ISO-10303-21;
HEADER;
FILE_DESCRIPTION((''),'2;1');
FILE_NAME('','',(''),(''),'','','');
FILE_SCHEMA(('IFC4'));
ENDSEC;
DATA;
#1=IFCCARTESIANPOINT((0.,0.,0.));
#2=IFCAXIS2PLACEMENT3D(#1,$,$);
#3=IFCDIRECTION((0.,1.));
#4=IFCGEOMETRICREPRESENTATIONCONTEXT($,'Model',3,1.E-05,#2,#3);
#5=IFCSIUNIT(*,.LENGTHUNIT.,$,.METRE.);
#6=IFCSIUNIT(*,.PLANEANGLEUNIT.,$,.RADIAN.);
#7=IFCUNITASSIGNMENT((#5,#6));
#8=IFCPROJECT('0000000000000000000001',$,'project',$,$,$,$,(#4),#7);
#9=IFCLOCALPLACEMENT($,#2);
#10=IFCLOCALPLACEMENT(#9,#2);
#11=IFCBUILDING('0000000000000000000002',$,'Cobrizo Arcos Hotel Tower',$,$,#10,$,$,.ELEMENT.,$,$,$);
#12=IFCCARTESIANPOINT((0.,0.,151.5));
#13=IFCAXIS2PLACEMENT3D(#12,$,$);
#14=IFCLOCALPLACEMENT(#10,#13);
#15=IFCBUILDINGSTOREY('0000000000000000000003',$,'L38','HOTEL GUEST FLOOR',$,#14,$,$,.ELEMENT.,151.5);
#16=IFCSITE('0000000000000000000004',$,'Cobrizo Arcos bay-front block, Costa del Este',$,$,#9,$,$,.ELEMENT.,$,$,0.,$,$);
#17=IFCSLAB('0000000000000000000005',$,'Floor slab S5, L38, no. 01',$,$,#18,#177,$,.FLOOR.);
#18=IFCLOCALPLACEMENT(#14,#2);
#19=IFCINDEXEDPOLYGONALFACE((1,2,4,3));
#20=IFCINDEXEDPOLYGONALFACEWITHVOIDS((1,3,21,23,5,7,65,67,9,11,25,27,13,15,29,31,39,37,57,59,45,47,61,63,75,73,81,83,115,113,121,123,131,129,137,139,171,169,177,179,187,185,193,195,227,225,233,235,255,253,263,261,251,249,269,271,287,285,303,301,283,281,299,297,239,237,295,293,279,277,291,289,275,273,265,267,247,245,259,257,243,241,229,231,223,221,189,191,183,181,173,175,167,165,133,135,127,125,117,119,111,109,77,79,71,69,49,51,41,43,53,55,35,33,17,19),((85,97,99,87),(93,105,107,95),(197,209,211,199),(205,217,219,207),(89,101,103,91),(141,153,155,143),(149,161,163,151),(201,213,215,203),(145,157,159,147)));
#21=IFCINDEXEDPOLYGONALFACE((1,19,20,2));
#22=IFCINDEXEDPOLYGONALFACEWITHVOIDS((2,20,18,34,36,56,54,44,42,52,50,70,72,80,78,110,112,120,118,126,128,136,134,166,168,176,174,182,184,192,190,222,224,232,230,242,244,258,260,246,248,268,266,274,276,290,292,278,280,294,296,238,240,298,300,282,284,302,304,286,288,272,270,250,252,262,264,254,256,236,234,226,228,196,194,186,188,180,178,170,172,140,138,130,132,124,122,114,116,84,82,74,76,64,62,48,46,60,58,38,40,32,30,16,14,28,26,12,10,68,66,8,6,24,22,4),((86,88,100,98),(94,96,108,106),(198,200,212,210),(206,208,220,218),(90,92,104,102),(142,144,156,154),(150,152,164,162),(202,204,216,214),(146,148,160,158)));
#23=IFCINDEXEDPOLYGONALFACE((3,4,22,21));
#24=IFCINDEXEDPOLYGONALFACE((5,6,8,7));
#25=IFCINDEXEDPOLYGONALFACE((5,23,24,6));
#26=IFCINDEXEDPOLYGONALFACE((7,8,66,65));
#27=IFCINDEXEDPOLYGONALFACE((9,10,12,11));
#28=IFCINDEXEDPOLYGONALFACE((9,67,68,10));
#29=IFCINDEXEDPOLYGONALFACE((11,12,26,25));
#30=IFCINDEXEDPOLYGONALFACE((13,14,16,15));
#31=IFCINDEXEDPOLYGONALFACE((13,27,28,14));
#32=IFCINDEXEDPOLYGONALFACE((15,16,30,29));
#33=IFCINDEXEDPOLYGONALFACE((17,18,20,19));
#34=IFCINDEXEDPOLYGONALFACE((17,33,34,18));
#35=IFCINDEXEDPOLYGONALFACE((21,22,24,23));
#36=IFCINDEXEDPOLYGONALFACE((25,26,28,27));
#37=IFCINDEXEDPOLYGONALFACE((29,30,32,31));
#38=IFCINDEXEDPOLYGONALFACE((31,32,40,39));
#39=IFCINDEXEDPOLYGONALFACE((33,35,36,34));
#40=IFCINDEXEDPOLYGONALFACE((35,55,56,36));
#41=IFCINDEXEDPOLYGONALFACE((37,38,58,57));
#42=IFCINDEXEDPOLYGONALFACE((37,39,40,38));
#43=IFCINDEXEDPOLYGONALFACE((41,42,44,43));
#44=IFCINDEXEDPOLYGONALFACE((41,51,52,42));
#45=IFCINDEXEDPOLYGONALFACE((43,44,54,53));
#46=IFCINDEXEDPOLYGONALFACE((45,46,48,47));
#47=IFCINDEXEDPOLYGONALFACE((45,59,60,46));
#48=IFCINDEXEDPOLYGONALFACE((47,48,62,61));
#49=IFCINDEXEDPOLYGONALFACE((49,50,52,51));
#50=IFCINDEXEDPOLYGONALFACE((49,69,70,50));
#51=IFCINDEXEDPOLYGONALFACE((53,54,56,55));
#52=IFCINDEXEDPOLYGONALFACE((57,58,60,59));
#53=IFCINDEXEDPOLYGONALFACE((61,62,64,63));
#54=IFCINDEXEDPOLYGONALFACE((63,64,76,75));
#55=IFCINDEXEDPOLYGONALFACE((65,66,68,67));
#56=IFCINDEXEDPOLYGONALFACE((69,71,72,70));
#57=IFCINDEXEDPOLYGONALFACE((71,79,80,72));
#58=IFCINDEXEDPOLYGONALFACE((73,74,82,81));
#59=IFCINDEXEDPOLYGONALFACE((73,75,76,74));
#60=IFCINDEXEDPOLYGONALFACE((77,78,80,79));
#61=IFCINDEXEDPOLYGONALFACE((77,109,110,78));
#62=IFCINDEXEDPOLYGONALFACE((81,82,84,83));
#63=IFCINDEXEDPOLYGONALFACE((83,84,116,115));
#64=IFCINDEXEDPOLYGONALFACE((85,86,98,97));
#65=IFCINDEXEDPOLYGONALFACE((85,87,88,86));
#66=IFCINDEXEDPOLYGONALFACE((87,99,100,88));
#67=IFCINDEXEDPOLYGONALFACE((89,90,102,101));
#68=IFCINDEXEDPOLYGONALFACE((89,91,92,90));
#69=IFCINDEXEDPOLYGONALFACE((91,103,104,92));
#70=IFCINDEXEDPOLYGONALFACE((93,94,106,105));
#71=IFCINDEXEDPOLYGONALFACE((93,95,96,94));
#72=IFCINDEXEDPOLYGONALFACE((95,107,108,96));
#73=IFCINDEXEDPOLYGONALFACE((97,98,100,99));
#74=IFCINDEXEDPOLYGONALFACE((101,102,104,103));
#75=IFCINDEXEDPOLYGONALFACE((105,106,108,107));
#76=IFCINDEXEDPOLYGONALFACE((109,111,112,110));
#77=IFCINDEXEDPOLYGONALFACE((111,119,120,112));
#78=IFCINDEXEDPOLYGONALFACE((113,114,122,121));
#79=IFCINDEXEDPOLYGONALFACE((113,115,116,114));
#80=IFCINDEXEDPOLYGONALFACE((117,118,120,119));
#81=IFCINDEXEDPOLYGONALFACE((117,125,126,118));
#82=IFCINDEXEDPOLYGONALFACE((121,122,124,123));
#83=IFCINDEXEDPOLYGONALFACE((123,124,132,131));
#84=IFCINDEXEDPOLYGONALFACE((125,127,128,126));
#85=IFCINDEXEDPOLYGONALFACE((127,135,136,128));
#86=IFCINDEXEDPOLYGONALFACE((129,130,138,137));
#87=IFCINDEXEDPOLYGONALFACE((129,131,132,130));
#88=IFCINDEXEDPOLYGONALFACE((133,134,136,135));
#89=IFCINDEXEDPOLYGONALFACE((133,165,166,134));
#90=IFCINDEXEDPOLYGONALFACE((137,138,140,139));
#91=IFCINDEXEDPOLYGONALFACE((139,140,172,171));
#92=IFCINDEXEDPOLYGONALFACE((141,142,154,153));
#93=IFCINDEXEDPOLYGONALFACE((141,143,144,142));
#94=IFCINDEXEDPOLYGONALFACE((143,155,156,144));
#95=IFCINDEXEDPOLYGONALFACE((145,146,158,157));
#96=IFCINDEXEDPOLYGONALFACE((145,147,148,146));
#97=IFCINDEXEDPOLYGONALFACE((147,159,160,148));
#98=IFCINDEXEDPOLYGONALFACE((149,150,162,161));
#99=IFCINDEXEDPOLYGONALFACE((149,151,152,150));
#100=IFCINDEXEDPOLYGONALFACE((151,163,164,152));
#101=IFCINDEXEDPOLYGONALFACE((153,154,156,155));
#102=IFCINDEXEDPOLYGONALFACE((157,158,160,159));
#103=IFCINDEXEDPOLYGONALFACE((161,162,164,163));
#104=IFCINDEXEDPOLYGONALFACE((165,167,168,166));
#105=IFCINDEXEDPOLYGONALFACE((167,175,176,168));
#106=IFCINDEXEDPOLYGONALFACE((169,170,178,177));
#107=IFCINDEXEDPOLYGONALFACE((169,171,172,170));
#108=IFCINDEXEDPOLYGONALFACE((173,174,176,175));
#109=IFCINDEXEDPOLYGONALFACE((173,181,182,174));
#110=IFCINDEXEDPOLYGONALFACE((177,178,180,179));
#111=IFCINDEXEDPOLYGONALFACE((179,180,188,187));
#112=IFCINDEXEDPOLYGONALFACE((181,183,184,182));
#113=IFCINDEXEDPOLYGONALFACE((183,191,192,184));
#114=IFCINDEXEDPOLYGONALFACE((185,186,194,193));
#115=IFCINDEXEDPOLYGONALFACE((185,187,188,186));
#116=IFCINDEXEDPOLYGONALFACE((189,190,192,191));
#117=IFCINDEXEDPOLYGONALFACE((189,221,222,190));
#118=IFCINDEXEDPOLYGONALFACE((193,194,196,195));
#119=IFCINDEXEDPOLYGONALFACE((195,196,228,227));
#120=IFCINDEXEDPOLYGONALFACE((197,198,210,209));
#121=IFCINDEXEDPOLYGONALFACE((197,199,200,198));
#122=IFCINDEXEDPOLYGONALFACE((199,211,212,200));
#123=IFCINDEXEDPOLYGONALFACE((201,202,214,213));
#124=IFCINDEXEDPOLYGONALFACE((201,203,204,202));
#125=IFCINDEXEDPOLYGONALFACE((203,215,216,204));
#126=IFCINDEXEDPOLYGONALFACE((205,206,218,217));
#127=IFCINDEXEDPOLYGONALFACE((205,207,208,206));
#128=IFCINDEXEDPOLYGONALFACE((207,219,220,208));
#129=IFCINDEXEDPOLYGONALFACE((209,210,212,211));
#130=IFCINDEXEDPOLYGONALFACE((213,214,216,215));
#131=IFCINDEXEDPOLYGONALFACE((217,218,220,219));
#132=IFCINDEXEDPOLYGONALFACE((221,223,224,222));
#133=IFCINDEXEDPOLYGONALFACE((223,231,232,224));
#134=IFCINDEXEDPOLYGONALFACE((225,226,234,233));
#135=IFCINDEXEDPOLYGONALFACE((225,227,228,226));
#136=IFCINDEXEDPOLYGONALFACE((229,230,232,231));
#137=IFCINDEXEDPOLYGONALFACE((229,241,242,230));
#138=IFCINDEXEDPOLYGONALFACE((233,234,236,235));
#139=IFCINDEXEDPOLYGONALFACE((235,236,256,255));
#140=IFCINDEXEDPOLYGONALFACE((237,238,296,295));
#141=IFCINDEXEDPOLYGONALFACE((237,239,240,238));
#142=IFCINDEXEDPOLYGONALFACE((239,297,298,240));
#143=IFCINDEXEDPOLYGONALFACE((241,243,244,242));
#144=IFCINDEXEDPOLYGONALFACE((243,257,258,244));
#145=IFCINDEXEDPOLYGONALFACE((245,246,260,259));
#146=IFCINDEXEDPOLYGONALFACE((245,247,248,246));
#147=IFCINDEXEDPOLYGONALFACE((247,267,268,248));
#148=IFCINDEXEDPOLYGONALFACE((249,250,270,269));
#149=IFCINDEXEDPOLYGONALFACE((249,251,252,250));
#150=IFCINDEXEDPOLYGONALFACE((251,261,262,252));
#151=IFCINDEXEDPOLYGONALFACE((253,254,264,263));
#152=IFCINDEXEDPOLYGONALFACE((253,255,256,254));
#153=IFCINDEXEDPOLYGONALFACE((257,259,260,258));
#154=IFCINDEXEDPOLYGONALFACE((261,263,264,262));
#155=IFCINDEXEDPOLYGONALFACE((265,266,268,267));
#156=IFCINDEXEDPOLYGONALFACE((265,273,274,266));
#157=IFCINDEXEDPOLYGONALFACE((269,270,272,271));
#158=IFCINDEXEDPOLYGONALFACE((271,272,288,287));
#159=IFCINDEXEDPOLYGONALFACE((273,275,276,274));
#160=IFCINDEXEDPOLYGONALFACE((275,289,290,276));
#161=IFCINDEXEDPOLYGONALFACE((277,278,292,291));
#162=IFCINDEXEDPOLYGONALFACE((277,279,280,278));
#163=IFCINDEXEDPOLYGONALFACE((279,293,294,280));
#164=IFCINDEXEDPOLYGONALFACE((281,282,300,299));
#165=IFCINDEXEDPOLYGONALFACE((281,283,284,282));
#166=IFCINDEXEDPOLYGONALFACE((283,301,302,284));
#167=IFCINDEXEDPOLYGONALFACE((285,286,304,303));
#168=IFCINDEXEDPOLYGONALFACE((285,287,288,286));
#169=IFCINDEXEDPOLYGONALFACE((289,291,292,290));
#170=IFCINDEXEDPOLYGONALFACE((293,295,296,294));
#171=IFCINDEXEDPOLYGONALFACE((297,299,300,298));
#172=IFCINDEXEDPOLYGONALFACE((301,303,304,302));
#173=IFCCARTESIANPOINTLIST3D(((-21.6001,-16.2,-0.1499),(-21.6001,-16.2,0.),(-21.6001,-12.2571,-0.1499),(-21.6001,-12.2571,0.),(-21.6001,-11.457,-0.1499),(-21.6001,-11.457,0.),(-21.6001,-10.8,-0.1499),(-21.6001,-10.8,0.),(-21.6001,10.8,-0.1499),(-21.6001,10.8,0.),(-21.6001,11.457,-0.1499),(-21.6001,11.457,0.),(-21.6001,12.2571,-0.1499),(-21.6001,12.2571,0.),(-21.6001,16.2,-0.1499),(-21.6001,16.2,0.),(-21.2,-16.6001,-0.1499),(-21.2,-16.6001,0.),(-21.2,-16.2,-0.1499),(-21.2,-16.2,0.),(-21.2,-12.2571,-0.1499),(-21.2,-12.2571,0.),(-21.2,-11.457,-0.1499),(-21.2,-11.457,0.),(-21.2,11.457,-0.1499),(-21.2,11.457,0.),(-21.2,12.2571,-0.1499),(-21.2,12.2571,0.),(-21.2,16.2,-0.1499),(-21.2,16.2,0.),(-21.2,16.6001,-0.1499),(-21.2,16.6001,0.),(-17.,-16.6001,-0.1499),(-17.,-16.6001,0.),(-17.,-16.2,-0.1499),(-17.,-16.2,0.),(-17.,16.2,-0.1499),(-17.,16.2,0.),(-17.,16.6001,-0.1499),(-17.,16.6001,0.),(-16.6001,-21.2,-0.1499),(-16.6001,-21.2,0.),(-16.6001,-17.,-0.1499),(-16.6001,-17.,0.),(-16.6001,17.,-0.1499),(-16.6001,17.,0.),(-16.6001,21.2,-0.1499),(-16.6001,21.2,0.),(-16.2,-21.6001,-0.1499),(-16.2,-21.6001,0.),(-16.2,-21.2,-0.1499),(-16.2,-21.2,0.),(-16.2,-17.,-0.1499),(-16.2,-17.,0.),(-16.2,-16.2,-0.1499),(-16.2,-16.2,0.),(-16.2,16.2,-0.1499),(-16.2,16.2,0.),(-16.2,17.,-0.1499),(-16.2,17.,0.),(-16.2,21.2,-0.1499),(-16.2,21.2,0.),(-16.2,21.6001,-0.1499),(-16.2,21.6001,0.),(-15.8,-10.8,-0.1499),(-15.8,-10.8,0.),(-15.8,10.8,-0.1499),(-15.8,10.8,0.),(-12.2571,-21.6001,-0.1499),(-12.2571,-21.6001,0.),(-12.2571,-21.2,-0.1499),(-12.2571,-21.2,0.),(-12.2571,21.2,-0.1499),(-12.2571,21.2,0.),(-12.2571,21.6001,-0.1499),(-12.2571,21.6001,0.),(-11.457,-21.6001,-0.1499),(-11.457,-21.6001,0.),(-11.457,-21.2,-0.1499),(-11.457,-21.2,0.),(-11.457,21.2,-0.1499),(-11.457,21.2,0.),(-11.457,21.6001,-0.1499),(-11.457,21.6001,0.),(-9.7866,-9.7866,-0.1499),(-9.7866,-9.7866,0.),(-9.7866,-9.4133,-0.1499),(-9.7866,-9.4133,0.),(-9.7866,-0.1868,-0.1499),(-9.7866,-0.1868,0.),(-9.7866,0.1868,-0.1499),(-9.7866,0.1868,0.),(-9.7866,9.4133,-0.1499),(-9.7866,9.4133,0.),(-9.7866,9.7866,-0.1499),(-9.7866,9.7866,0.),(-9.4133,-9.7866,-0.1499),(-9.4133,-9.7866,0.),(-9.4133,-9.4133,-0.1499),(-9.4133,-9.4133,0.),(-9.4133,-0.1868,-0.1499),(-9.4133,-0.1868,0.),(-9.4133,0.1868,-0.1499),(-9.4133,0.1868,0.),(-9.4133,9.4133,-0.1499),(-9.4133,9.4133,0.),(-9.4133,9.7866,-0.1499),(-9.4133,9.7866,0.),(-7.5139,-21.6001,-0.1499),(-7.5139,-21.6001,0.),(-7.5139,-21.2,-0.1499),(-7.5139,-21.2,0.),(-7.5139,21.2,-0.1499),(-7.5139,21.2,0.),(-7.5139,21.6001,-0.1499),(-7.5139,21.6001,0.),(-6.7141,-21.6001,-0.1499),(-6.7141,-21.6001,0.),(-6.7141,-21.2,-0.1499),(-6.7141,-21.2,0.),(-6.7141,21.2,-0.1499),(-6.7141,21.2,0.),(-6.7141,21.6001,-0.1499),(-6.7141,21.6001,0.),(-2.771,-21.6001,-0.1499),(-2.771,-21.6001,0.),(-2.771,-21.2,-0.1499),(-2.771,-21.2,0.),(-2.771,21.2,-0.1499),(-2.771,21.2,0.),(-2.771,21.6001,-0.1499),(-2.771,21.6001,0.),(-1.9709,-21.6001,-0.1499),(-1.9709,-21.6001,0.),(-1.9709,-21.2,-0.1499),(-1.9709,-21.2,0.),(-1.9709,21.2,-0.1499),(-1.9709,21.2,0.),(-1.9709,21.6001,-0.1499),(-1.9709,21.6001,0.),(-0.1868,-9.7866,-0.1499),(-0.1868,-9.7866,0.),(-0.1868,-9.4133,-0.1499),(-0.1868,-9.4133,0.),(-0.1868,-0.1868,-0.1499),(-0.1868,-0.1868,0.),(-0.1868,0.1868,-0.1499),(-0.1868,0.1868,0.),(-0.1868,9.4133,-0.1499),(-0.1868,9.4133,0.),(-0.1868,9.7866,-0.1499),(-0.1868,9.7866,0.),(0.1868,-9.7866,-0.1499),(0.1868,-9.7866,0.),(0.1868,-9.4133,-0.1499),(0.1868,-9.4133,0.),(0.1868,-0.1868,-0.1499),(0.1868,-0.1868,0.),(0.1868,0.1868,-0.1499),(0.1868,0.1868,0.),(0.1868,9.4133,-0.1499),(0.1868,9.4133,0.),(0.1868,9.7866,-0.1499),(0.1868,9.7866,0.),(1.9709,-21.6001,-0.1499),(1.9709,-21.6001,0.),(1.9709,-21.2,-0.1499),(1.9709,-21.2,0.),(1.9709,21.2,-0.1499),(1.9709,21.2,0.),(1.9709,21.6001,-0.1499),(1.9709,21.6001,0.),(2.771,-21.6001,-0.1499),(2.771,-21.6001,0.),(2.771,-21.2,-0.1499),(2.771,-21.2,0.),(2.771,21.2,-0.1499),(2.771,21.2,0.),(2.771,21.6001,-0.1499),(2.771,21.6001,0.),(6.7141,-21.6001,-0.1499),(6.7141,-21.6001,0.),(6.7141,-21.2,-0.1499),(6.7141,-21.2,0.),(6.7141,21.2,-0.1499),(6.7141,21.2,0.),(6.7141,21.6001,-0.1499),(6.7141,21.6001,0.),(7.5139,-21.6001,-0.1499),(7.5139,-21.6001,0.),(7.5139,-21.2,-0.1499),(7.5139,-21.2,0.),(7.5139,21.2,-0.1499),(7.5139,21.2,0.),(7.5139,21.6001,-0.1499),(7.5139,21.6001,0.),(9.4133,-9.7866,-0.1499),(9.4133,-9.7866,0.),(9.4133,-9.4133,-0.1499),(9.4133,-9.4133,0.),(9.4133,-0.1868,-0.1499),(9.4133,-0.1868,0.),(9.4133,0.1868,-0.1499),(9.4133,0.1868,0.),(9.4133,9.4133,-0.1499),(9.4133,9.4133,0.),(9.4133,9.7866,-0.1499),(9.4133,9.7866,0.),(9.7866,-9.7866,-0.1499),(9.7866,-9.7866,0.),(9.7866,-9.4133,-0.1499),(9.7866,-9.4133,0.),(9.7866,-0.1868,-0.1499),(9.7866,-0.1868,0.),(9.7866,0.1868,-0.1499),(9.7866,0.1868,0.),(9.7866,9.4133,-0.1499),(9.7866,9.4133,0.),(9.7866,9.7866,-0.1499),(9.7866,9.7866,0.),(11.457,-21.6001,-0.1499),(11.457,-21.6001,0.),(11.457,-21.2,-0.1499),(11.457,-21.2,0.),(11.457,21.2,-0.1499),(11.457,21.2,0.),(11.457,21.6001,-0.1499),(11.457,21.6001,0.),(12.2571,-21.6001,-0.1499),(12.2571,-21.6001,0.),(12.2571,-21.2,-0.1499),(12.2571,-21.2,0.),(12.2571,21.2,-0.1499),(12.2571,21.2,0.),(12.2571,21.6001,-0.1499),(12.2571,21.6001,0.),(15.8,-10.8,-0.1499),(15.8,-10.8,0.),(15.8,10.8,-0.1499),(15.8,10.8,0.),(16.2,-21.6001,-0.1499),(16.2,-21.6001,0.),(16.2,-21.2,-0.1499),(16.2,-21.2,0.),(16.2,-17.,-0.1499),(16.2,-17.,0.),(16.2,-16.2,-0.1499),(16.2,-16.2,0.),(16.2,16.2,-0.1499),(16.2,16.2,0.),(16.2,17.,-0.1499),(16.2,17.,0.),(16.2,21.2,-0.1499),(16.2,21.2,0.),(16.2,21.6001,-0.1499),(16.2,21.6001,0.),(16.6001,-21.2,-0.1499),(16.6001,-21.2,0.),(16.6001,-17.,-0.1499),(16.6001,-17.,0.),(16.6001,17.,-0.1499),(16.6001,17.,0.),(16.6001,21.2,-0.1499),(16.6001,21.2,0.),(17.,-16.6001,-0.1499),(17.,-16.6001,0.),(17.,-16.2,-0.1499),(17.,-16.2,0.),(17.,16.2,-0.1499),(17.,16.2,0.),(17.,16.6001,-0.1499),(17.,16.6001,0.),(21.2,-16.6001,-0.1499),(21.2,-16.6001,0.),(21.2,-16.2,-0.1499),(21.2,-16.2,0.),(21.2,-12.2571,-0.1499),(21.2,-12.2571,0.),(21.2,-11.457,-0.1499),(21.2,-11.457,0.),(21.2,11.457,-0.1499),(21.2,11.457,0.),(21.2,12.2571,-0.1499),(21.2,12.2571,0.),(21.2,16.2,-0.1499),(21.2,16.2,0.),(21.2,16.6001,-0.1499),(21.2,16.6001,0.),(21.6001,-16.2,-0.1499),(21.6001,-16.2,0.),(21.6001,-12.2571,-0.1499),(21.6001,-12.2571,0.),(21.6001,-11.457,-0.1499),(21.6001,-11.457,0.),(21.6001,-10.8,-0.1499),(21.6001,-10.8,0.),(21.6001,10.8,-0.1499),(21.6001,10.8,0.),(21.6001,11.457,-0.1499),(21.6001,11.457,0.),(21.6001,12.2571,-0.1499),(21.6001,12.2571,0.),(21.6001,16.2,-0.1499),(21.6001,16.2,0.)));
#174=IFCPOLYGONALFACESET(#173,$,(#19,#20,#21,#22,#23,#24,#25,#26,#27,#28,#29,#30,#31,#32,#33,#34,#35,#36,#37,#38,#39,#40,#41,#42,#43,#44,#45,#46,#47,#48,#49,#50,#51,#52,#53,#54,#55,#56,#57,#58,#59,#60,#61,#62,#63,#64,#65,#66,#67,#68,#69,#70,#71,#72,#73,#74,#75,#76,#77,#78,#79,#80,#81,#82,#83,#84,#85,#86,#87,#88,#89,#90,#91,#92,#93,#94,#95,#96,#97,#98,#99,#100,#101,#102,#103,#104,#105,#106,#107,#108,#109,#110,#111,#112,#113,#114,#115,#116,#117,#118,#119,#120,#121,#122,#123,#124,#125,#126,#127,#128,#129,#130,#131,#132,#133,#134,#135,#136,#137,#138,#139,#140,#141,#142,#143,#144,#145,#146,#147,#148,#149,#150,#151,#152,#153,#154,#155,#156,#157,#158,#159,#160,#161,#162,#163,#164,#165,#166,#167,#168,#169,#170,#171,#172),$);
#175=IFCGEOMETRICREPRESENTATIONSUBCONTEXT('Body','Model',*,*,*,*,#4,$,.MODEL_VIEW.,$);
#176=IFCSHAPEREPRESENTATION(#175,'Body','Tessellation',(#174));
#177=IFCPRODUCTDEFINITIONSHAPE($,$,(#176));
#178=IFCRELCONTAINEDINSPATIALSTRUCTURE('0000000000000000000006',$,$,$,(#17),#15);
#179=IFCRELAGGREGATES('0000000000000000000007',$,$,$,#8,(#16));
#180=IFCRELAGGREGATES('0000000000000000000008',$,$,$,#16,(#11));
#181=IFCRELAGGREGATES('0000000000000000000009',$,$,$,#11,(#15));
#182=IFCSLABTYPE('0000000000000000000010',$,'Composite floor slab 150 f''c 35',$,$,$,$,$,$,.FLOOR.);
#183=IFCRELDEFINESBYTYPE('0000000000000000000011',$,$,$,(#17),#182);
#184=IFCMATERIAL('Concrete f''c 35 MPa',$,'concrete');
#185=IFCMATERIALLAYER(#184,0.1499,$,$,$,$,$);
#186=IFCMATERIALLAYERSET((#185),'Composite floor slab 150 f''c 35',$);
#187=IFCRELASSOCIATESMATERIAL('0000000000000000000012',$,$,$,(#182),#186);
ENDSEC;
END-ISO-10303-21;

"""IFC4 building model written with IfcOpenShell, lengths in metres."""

from ifc_helpers import new_model, si_unit, direction, frame, origin, place, context, subcontext, project, spatial, polyline, outline, extrude, material, layer, layer_set, type_object, element, save


model = new_model("IFC4")

# Units and contexts
model_context = context("Model", 3, precision=1e-05, world=origin(), true_north=direction((0.0, 1.0)))
body_context = subcontext(model_context, "Body", "Model", "MODEL_VIEW")
ifc_project = project(units=[si_unit("LENGTHUNIT", "METRE"), si_unit("PLANEANGLEUNIT", "RADIAN")], contexts=[model_context])

# Site, building, storey
site_placement = place(None, origin())
site = spatial("IfcSite", under=ifc_project, at=site_placement, Name="Cobrizo Arcos bay-front block, Costa del Este", CompositionType="ELEMENT", RefElevation=0.0)
building_placement = place(site_placement, origin())
building = spatial("IfcBuilding", under=site, at=building_placement, Name="Cobrizo Arcos Hotel Tower", CompositionType="ELEMENT")
storey_placement = place(building_placement, frame((0.0, 0.0, 151.5)))
storey = spatial("IfcBuildingStorey", under=building, at=storey_placement, Name="L38", Description="HOTEL GUEST FLOOR", CompositionType="ELEMENT", Elevation=151.5)

# Slab
ifc_material_1 = material(Name="Concrete f'c 35 MPa", Category="concrete")
ifc_layer_1 = layer(ifc_material_1, 0.1499)
ifc_layer_set_1 = layer_set([ifc_layer_1], Name="Composite floor slab 150 f'c 35")
slab_type_1 = type_object("IfcSlabType", Name="Composite floor slab 150 f'c 35", PredefinedType="FLOOR", material=ifc_layer_set_1)
slab_1_placement = place(storey_placement, frame((0.0, 0.0, -0.1499)))
element("IfcSlab", 1, at=slab_1_placement, inside=storey, type_object=slab_type_1, Name="Floor slab S5, L38, no. 01", PredefinedType="FLOOR", context=body_context, shape_type="SweptSolid", body=[
    extrude(outline(polyline([(-16.2, -21.6001), (-16.2, -21.2), (-16.6001, -21.2), (-16.6001, -17.0), (-16.2, -17.0), (-16.2, -16.2), (-17.0, -16.2), (-17.0, -16.6001), (-21.2, -16.6001), (-21.2, -16.2), (-21.6001, -16.2), (-21.6001, -12.2571), (-21.2, -12.2571), (-21.2, -11.457), (-21.6001, -11.457), (-21.6001, -10.8), (-15.8, -10.8), (-15.8, 10.8), (-21.6001, 10.8), (-21.6001, 11.457), (-21.2, 11.457), (-21.2, 12.2571), (-21.6001, 12.2571), (-21.6001, 16.2), (-21.2, 16.2), (-21.2, 16.6001), (-17.0, 16.6001), (-17.0, 16.2), (-16.2, 16.2), (-16.2, 17.0), (-16.6001, 17.0), (-16.6001, 21.2), (-16.2, 21.2), (-16.2, 21.6001), (-12.2571, 21.6001), (-12.2571, 21.2), (-11.457, 21.2), (-11.457, 21.6001), (-7.5139, 21.6001), (-7.5139, 21.2), (-6.7141, 21.2), (-6.7141, 21.6001), (-2.771, 21.6001), (-2.771, 21.2), (-1.9709, 21.2), (-1.9709, 21.6001), (1.9709, 21.6001), (1.9709, 21.2), (2.771, 21.2), (2.771, 21.6001), (6.7141, 21.6001), (6.7141, 21.2), (7.5139, 21.2), (7.5139, 21.6001), (11.457, 21.6001), (11.457, 21.2), (12.2571, 21.2), (12.2571, 21.6001), (16.2, 21.6001), (16.2, 21.2), (16.6001, 21.2), (16.6001, 17.0), (16.2, 17.0), (16.2, 16.2), (17.0, 16.2), (17.0, 16.6001), (21.2, 16.6001), (21.2, 16.2), (21.6001, 16.2), (21.6001, 12.2571), (21.2, 12.2571), (21.2, 11.457), (21.6001, 11.457), (21.6001, 10.8), (15.8, 10.8), (15.8, -10.8), (21.6001, -10.8), (21.6001, -11.457), (21.2, -11.457), (21.2, -12.2571), (21.6001, -12.2571), (21.6001, -16.2), (21.2, -16.2), (21.2, -16.6001), (17.0, -16.6001), (17.0, -16.2), (16.2, -16.2), (16.2, -17.0), (16.6001, -17.0), (16.6001, -21.2), (16.2, -21.2), (16.2, -21.6001), (12.2571, -21.6001), (12.2571, -21.2), (11.457, -21.2), (11.457, -21.6001), (7.5139, -21.6001), (7.5139, -21.2), (6.7141, -21.2), (6.7141, -21.6001), (2.771, -21.6001), (2.771, -21.2), (1.9709, -21.2), (1.9709, -21.6001), (-1.9709, -21.6001), (-1.9709, -21.2), (-2.771, -21.2), (-2.771, -21.6001), (-6.7141, -21.6001), (-6.7141, -21.2), (-7.5139, -21.2), (-7.5139, -21.6001), (-11.457, -21.6001), (-11.457, -21.2), (-12.2571, -21.2), (-12.2571, -21.6001), (-16.2, -21.6001)]), holes=[polyline([(-0.1868, -9.7866), (0.1868, -9.7866), (0.1868, -9.4133), (-0.1868, -9.4133), (-0.1868, -9.7866)]), polyline([(-9.7866, -9.7866), (-9.4133, -9.7866), (-9.4133, -9.4133), (-9.7866, -9.4133), (-9.7866, -9.7866)]), polyline([(-9.4133, -0.1868), (-9.4133, 0.1868), (-9.7866, 0.1868), (-9.7866, -0.1868), (-9.4133, -0.1868)]), polyline([(0.1868, -0.1868), (0.1868, 0.1868), (-0.1868, 0.1868), (-0.1868, -0.1868), (0.1868, -0.1868)]), polyline([(-9.7866, 9.4133), (-9.4133, 9.4133), (-9.4133, 9.7866), (-9.7866, 9.7866), (-9.7866, 9.4133)]), polyline([(9.4133, -9.7866), (9.7866, -9.7866), (9.7866, -9.4133), (9.4133, -9.4133), (9.4133, -9.7866)]), polyline([(9.4133, -0.1868), (9.7866, -0.1868), (9.7866, 0.1868), (9.4133, 0.1868), (9.4133, -0.1868)]), polyline([(9.7866, 9.4133), (9.7866, 9.7866), (9.4133, 9.7866), (9.4133, 9.4133), (9.7866, 9.4133)]), polyline([(0.1868, 9.4133), (0.1868, 9.7866), (-0.1868, 9.7866), (-0.1868, 9.4133), (0.1868, 9.4133)])]), origin(), (0.0, 0.0, 1.0), 0.1499),
])

save(model, "model.ifc")
